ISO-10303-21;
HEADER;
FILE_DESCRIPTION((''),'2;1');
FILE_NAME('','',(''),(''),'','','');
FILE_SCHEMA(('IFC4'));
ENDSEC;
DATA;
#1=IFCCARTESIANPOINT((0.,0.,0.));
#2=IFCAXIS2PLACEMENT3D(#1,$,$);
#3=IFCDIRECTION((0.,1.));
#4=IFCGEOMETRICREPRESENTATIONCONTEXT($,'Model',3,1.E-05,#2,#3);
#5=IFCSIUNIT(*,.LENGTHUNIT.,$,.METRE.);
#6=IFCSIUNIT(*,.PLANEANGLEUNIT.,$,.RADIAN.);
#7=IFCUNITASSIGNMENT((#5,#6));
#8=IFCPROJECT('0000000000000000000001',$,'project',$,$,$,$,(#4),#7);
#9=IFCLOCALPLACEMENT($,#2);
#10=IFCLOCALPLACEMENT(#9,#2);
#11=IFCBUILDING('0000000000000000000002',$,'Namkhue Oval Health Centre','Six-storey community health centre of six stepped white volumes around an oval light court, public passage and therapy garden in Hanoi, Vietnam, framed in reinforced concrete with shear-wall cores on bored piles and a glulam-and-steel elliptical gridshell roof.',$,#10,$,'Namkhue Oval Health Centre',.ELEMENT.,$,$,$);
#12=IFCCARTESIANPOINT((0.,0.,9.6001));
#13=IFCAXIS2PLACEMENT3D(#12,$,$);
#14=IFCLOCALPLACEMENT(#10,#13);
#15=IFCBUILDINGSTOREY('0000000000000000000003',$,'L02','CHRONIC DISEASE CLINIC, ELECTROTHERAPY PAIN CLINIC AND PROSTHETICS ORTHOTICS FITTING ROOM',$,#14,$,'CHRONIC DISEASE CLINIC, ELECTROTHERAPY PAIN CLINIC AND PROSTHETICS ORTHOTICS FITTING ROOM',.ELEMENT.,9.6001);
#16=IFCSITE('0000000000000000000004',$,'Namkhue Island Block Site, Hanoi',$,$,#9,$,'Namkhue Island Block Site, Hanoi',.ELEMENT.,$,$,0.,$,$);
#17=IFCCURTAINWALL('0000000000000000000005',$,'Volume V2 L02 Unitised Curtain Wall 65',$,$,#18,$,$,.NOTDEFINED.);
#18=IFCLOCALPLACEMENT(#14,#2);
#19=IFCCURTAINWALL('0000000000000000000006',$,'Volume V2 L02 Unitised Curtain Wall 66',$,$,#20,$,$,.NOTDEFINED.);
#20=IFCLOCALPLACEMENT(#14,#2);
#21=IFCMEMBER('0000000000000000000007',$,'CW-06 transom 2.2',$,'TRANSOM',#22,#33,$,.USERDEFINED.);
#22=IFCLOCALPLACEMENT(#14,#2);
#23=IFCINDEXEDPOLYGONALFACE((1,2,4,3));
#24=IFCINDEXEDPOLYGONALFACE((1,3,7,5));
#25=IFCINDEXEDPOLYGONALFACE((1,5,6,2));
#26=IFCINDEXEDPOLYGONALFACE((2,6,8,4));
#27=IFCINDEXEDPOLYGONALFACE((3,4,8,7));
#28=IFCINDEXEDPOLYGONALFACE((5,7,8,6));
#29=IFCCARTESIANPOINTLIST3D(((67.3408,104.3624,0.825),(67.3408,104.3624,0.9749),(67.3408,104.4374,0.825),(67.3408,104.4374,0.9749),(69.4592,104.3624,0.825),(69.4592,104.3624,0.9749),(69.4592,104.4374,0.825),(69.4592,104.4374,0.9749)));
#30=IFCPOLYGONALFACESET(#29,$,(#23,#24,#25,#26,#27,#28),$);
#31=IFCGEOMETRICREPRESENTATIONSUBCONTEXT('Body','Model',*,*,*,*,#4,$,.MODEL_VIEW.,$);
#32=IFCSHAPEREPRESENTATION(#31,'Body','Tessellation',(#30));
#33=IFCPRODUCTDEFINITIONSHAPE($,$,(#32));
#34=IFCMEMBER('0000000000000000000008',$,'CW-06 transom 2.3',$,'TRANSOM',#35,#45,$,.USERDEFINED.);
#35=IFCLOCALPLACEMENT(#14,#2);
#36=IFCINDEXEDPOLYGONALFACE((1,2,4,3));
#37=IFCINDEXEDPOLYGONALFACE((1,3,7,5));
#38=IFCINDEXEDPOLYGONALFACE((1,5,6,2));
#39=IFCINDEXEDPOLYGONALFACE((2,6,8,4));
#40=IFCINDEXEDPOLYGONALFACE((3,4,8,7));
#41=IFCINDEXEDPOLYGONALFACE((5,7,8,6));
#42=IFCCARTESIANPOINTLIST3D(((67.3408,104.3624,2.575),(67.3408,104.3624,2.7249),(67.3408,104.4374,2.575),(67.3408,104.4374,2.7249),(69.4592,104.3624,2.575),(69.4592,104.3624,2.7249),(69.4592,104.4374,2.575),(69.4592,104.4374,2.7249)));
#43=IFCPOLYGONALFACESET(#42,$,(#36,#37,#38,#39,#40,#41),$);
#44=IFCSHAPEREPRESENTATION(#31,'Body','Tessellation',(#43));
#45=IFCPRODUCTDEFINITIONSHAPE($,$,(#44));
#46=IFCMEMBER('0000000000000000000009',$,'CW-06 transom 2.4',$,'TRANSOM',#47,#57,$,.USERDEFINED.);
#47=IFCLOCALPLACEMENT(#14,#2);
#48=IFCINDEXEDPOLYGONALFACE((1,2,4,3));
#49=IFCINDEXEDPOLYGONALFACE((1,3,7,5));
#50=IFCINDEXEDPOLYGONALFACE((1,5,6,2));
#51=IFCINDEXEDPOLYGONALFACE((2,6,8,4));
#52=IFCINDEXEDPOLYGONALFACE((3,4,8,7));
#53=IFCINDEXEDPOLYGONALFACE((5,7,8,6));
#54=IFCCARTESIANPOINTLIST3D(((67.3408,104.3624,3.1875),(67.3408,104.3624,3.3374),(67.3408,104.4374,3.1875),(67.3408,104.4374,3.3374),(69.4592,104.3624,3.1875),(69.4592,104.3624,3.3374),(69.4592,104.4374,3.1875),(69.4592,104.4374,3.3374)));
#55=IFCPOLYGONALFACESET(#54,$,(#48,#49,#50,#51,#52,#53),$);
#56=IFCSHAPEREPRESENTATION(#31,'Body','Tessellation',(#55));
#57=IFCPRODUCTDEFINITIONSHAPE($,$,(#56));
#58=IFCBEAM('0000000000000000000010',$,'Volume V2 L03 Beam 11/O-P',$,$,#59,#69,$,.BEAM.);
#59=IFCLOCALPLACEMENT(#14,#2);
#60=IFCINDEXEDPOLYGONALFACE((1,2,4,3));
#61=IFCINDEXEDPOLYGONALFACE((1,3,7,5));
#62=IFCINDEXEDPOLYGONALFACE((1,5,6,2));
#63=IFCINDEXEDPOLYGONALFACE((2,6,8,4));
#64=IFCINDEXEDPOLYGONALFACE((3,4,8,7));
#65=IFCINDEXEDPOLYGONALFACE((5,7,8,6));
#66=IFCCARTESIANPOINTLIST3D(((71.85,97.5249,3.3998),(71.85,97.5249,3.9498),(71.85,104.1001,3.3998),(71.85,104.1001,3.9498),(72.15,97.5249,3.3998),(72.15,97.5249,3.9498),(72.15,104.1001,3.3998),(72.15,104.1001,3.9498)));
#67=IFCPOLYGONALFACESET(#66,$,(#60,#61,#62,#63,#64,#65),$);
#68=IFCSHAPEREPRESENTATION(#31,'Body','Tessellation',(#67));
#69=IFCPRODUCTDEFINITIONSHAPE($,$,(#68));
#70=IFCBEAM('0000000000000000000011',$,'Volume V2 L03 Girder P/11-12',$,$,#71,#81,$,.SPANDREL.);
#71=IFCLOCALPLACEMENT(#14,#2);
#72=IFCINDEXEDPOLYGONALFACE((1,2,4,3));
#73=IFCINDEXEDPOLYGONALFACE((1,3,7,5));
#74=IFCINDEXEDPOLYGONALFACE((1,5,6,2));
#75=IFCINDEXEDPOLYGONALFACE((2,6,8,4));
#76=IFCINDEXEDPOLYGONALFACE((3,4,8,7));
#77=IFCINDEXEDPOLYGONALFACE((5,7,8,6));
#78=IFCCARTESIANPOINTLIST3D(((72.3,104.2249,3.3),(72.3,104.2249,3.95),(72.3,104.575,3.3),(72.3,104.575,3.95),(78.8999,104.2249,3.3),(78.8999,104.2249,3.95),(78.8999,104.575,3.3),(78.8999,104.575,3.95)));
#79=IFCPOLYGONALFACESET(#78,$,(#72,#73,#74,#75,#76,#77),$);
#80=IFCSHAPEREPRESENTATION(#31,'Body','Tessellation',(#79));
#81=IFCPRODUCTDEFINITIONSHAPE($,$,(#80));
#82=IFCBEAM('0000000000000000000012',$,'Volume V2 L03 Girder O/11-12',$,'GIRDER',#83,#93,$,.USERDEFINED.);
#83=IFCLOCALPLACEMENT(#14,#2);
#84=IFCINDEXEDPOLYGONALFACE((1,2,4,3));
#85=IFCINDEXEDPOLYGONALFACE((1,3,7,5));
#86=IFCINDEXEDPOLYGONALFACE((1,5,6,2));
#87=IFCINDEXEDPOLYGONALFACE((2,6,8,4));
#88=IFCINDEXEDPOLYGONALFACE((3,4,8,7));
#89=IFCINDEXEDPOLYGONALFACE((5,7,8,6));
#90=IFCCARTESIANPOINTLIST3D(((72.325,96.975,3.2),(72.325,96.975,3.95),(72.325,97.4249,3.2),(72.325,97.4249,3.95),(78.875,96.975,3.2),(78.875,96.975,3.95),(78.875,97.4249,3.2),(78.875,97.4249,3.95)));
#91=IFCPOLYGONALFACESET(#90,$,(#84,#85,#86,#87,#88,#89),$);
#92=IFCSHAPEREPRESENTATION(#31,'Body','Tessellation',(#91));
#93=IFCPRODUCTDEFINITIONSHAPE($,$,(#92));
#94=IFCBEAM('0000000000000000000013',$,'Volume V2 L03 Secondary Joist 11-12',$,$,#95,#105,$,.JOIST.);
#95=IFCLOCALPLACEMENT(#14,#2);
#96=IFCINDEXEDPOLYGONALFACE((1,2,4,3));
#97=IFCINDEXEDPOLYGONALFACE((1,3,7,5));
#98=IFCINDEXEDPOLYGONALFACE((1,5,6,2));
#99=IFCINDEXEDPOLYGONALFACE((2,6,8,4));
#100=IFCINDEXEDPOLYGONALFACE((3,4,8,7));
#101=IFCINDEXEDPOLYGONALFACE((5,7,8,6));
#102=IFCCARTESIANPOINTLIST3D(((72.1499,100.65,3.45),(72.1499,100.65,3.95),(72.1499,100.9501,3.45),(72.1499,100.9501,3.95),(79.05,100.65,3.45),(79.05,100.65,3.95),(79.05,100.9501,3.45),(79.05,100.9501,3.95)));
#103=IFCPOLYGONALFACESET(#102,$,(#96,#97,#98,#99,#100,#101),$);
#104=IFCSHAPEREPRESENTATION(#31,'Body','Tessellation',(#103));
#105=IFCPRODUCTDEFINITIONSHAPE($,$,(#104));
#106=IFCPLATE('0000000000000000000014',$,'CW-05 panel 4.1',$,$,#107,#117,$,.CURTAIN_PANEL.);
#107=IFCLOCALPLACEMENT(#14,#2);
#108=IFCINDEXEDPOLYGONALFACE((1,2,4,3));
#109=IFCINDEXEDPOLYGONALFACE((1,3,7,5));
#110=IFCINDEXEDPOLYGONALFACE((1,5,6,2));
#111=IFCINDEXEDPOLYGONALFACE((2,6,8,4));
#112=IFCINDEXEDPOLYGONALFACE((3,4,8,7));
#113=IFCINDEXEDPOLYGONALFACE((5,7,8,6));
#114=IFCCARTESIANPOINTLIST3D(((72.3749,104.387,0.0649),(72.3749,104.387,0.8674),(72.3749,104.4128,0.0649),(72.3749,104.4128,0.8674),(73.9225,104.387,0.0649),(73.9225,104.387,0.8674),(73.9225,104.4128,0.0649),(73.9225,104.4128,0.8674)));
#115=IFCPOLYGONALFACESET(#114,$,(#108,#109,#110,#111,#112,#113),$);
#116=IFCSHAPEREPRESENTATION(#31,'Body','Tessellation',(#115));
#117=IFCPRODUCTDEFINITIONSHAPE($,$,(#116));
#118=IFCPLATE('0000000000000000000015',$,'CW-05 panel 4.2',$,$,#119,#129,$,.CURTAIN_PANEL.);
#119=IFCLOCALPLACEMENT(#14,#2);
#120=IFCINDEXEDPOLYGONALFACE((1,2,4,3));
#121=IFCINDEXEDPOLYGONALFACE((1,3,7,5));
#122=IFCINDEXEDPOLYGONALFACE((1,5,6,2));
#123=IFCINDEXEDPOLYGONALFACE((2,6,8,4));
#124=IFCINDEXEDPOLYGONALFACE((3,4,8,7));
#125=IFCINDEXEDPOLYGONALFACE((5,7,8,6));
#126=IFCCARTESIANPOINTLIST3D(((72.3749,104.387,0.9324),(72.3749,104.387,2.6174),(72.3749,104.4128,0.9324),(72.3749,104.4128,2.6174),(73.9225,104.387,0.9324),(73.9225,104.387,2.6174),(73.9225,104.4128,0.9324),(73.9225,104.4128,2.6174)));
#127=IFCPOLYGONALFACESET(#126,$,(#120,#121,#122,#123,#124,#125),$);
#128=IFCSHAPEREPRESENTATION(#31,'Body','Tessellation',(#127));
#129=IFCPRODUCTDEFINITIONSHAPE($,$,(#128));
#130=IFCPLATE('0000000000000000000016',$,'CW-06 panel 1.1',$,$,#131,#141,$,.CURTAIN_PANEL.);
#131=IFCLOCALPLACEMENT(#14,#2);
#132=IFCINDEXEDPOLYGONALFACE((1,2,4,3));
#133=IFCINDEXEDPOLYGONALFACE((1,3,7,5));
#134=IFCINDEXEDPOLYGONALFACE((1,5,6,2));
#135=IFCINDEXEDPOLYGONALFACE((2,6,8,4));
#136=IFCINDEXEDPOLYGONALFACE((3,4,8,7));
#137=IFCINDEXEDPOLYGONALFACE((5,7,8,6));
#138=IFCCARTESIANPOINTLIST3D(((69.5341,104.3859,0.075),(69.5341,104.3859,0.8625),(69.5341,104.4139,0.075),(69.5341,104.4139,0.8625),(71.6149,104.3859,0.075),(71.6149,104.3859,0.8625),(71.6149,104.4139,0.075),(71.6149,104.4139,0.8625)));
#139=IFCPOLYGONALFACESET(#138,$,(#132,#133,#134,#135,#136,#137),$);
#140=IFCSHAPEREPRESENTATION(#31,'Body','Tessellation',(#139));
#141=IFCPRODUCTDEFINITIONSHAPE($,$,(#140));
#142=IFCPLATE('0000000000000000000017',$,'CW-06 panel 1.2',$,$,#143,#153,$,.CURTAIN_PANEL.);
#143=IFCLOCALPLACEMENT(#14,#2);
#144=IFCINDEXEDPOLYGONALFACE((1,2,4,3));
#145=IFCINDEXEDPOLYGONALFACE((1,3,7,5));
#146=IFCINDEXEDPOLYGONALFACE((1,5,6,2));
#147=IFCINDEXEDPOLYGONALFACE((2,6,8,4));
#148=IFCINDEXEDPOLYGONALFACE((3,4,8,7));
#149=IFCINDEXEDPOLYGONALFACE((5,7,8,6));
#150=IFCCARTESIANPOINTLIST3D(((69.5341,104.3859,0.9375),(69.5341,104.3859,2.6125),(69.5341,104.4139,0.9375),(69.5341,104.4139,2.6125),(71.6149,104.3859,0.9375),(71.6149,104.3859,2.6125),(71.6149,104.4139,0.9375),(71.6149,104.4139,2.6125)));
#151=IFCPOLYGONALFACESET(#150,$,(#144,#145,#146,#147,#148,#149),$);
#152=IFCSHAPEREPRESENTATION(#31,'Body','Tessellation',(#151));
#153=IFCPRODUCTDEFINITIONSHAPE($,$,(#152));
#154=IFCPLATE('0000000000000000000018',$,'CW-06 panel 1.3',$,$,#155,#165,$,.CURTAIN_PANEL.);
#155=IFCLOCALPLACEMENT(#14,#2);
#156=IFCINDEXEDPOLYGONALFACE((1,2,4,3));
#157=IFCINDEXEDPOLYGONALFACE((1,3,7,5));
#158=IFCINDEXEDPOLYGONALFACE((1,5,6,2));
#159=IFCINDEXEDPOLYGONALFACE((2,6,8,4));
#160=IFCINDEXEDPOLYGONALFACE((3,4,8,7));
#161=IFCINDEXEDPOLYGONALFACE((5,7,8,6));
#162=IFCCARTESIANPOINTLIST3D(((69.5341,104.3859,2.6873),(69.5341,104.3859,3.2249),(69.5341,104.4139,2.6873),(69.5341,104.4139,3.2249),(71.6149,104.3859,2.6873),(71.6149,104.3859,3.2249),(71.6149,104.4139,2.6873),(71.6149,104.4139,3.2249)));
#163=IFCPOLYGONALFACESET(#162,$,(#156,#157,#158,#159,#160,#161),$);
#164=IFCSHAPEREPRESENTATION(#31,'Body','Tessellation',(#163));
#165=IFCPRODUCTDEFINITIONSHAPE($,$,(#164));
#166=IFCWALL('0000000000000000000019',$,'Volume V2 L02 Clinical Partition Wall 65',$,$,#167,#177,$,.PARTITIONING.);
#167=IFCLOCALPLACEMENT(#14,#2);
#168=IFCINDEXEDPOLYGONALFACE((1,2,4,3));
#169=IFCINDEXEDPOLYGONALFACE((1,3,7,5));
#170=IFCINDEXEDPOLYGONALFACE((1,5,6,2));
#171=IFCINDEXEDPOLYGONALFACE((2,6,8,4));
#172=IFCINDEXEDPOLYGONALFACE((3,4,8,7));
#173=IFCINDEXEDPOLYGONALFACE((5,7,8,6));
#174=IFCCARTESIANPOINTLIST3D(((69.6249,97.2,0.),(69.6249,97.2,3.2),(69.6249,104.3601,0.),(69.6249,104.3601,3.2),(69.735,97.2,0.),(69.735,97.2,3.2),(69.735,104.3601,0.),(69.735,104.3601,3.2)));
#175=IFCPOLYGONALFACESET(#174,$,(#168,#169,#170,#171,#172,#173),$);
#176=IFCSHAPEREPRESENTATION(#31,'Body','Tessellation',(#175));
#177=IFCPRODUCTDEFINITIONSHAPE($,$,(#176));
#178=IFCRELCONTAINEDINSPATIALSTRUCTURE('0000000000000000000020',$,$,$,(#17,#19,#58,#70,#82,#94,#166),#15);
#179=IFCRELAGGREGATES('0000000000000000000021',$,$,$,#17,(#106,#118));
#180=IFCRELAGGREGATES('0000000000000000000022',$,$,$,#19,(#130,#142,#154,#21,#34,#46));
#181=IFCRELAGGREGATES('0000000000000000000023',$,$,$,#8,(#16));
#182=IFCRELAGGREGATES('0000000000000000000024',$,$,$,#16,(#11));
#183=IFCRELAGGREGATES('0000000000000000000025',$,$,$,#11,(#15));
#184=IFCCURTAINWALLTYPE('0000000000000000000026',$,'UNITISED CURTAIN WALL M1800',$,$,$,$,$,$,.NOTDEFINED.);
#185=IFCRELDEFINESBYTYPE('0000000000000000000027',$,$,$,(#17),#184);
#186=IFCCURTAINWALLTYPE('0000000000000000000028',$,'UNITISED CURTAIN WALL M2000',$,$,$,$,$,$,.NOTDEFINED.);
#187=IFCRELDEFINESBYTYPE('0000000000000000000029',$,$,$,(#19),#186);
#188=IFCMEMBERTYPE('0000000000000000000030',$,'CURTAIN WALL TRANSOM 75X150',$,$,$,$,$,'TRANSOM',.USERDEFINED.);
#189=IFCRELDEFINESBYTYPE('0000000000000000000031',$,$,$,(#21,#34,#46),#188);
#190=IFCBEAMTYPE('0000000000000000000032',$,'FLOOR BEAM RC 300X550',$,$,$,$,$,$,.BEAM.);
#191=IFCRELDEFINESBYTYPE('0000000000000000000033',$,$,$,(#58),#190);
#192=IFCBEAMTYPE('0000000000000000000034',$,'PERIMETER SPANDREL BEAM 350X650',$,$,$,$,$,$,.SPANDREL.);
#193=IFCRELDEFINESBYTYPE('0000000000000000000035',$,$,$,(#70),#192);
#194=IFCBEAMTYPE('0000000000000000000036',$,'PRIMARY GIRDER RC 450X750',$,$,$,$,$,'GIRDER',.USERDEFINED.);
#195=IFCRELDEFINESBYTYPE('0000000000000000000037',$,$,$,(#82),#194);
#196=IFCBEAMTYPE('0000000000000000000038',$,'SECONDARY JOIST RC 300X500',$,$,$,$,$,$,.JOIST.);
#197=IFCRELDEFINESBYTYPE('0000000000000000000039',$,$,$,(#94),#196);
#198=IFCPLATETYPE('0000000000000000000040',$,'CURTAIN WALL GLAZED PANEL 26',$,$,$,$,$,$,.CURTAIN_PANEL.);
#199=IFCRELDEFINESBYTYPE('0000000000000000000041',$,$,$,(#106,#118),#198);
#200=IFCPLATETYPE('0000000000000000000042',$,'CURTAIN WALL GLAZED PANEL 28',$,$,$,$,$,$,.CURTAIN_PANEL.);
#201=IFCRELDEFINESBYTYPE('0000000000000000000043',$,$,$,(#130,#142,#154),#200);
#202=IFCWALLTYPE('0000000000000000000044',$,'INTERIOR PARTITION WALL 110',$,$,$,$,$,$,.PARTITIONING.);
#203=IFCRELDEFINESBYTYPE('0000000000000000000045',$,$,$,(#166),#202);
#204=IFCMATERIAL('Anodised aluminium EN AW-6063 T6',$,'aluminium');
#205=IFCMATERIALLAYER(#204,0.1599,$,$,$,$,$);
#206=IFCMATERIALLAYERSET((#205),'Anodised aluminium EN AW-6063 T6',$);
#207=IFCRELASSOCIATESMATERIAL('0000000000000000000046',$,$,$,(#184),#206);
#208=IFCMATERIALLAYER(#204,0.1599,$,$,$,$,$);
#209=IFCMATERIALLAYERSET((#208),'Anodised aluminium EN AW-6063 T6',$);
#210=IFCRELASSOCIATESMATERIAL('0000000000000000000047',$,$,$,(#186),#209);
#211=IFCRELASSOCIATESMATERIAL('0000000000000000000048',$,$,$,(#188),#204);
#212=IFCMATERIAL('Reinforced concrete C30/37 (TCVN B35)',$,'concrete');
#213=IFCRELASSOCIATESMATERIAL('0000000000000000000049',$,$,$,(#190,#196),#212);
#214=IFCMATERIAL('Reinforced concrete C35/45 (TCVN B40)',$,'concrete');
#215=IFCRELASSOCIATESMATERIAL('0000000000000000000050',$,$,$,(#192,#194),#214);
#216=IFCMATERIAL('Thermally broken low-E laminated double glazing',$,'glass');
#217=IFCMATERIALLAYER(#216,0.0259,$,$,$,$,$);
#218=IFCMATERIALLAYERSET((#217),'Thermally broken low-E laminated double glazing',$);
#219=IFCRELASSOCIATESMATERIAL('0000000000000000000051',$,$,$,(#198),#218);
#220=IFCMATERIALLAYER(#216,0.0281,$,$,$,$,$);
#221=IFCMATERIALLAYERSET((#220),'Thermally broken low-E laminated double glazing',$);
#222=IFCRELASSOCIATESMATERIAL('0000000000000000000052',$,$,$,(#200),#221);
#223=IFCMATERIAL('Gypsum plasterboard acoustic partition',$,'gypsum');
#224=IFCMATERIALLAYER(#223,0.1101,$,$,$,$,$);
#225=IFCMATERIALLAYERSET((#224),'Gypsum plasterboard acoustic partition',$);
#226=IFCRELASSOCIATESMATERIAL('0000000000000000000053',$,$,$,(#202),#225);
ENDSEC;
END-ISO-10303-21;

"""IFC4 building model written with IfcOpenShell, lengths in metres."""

from ifc_helpers import new_model, si_unit, direction, frame, frame_2d, origin, origin_2d, place, context, subcontext, project, spatial, rectangle, extrude, material, layer, layer_set, material_profile, profile_set, type_object, element, aggregate, save


model = new_model("IFC4")

# Units and contexts
model_context = context("Model", 3, precision=1e-05, world=origin(), true_north=direction((0.0, 1.0)))
body_context = subcontext(model_context, "Body", "Model", "MODEL_VIEW")
ifc_project = project(units=[si_unit("LENGTHUNIT", "METRE"), si_unit("PLANEANGLEUNIT", "RADIAN")], contexts=[model_context])

# Site, building, storey
site_placement = place(None, origin())
site = spatial("IfcSite", under=ifc_project, at=site_placement, Name="Namkhue Island Block Site, Hanoi", LongName="Namkhue Island Block Site, Hanoi", CompositionType="ELEMENT", RefElevation=0.0)
building_placement = place(site_placement, origin())
building = spatial("IfcBuilding", under=site, at=building_placement, Name="Namkhue Oval Health Centre", Description="Six-storey community health centre of six stepped white volumes around an oval light court, public passage and therapy garden in Hanoi, Vietnam, framed in reinforced concrete with shear-wall cores on bored piles and a glulam-and-steel elliptical gridshell roof.", LongName="Namkhue Oval Health Centre", CompositionType="ELEMENT")
storey_placement = place(building_placement, frame((0.0, 0.0, 9.6001)))
storey = spatial("IfcBuildingStorey", under=building, at=storey_placement, Name="L02", Description="CHRONIC DISEASE CLINIC, ELECTROTHERAPY PAIN CLINIC AND PROSTHETICS ORTHOTICS FITTING ROOM", LongName="CHRONIC DISEASE CLINIC, ELECTROTHERAPY PAIN CLINIC AND PROSTHETICS ORTHOTICS FITTING ROOM", CompositionType="ELEMENT", Elevation=9.6001)

# Shared definitions
ifc_material_1 = material(Name="Reinforced concrete C35/45 (TCVN B40)", Category="concrete")

# Curtain wall
ifc_material_2 = material(Name="Anodised aluminium EN AW-6063 T6", Category="aluminium")
ifc_layer_1 = layer(ifc_material_2, 0.1599)
ifc_layer_set_1 = layer_set([ifc_layer_1], Name="Anodised aluminium EN AW-6063 T6")
curtain_wall_type_1 = type_object("IfcCurtainWallType", Name="UNITISED CURTAIN WALL M1800", PredefinedType="NOTDEFINED", material=ifc_layer_set_1)
curtain_wall_1_placement = place(storey_placement, origin())
curtain_wall_1 = element("IfcCurtainWall", 1, at=curtain_wall_1_placement, inside=storey, type_object=curtain_wall_type_1, Name="Volume V2 L02 Unitised Curtain Wall 65", PredefinedType="NOTDEFINED")

# Curtain wall, members
ifc_layer_2 = layer(ifc_material_2, 0.1599)
ifc_layer_set_2 = layer_set([ifc_layer_2], Name="Anodised aluminium EN AW-6063 T6")
curtain_wall_type_2 = type_object("IfcCurtainWallType", Name="UNITISED CURTAIN WALL M2000", PredefinedType="NOTDEFINED", material=ifc_layer_set_2)
curtain_wall_2_placement = place(storey_placement, origin())
curtain_wall_2 = element("IfcCurtainWall", 2, at=curtain_wall_2_placement, inside=storey, type_object=curtain_wall_type_2, Name="Volume V2 L02 Unitised Curtain Wall 66", PredefinedType="NOTDEFINED")
ifc_material_profile_1 = material_profile(ifc_material_2, rectangle(XDim=0.075, YDim=0.1499, at=origin_2d()), Name="ALU 75x150")
ifc_profile_set_1 = profile_set([ifc_material_profile_1], Name="Anodised aluminium EN AW-6063 T6")
member_type_1 = type_object("IfcMemberType", Name="CURTAIN WALL TRANSOM 75X150", ElementType="TRANSOM", PredefinedType="USERDEFINED", material=ifc_profile_set_1)
member_1_placement = place(storey_placement, frame((69.4592, 104.3999, 0.8999), z_axis=(-1.0, 0.0, 0.0), x_axis=(0.0, -1.0, 0.0)))
member_1 = element("IfcMember", 3, at=member_1_placement, type_object=member_type_1, Name="CW-06 transom 2.2", ObjectType="TRANSOM", PredefinedType="USERDEFINED", context=body_context, shape_type="SweptSolid", body=[
    extrude(rectangle(XDim=0.075, YDim=0.1499, at=origin_2d()), origin(), (0.0, 0.0, 1.0), 2.1184),
])
member_2_placement = place(storey_placement, frame((69.4592, 104.3999, 2.6499), z_axis=(-1.0, 0.0, 0.0), x_axis=(0.0, -1.0, 0.0)))
member_2 = element("IfcMember", 4, at=member_2_placement, type_object=member_type_1, Name="CW-06 transom 2.3", ObjectType="TRANSOM", PredefinedType="USERDEFINED", context=body_context, shape_type="SweptSolid", body=[
    extrude(rectangle(XDim=0.075, YDim=0.1499, at=origin_2d()), origin(), (0.0, 0.0, 1.0), 2.1184),
])
member_3_placement = place(storey_placement, frame((69.4592, 104.3999, 3.2625), z_axis=(-1.0, 0.0, 0.0), x_axis=(0.0, -1.0, 0.0)))
member_3 = element("IfcMember", 5, at=member_3_placement, type_object=member_type_1, Name="CW-06 transom 2.4", ObjectType="TRANSOM", PredefinedType="USERDEFINED", context=body_context, shape_type="SweptSolid", body=[
    extrude(rectangle(XDim=0.075, YDim=0.1499, at=origin_2d()), origin(), (0.0, 0.0, 1.0), 2.1184),
])

# Beams
ifc_material_3 = material(Name="Reinforced concrete C30/37 (TCVN B35)", Category="concrete")
ifc_material_profile_2 = material_profile(ifc_material_3, rectangle(XDim=0.3, YDim=0.55, at=origin_2d()), Name="RC 300x550")
ifc_profile_set_2 = profile_set([ifc_material_profile_2], Name="Reinforced concrete C30/37 (TCVN B35)")
beam_type_1 = type_object("IfcBeamType", Name="FLOOR BEAM RC 300X550", PredefinedType="BEAM", material=ifc_profile_set_2)
beam_1_placement = place(storey_placement, frame((72.0, 97.5249, 3.6748), z_axis=(0.0, 1.0, 0.0), x_axis=(-1.0, 0.0, 0.0)))
element("IfcBeam", 6, at=beam_1_placement, inside=storey, type_object=beam_type_1, Name="Volume V2 L03 Beam 11/O-P", PredefinedType="BEAM", context=body_context, shape_type="SweptSolid", body=[
    extrude(rectangle(XDim=0.3, YDim=0.55, at=origin_2d()), origin(), (0.0, 0.0, 1.0), 6.5752),
])
ifc_material_profile_3 = material_profile(ifc_material_1, rectangle(XDim=0.3501, YDim=0.6499, at=origin_2d()), Name="RC 350x650")
ifc_profile_set_3 = profile_set([ifc_material_profile_3], Name="Reinforced concrete C35/45 (TCVN B40)")
beam_type_2 = type_object("IfcBeamType", Name="PERIMETER SPANDREL BEAM 350X650", PredefinedType="SPANDREL", material=ifc_profile_set_3)
beam_2_placement = place(storey_placement, frame((72.3, 104.3999, 3.625), z_axis=(1.0, 0.0, 0.0), x_axis=(0.0, 1.0, 0.0)))
element("IfcBeam", 7, at=beam_2_placement, inside=storey, type_object=beam_type_2, Name="Volume V2 L03 Girder P/11-12", PredefinedType="SPANDREL", context=body_context, shape_type="SweptSolid", body=[
    extrude(rectangle(XDim=0.3501, YDim=0.6499, at=origin_2d()), origin(), (0.0, 0.0, 1.0), 6.5999),
])
ifc_material_profile_4 = material_profile(ifc_material_1, rectangle(XDim=0.45, YDim=0.75, at=origin_2d()), Name="RC 450x750")
ifc_profile_set_4 = profile_set([ifc_material_profile_4], Name="Reinforced concrete C35/45 (TCVN B40)")
beam_type_3 = type_object("IfcBeamType", Name="PRIMARY GIRDER RC 450X750", ElementType="GIRDER", PredefinedType="USERDEFINED", material=ifc_profile_set_4)
beam_3_placement = place(storey_placement, frame((72.325, 97.2, 3.575), z_axis=(1.0, 0.0, 0.0), x_axis=(0.0, 1.0, 0.0)))
element("IfcBeam", 8, at=beam_3_placement, inside=storey, type_object=beam_type_3, Name="Volume V2 L03 Girder O/11-12", ObjectType="GIRDER", PredefinedType="USERDEFINED", context=body_context, shape_type="SweptSolid", body=[
    extrude(rectangle(XDim=0.45, YDim=0.75, at=origin_2d()), origin(), (0.0, 0.0, 1.0), 6.55),
])
ifc_material_profile_5 = material_profile(ifc_material_3, rectangle(XDim=0.3, YDim=0.5, at=origin_2d()), Name="RC 300x500")
ifc_profile_set_5 = profile_set([ifc_material_profile_5], Name="Reinforced concrete C30/37 (TCVN B35)")
beam_type_4 = type_object("IfcBeamType", Name="SECONDARY JOIST RC 300X500", PredefinedType="JOIST", material=ifc_profile_set_5)
beam_4_placement = place(storey_placement, frame((72.1499, 100.8, 3.7), z_axis=(1.0, 0.0, 0.0), x_axis=(0.0, 1.0, 0.0)))
element("IfcBeam", 9, at=beam_4_placement, inside=storey, type_object=beam_type_4, Name="Volume V2 L03 Secondary Joist 11-12", PredefinedType="JOIST", context=body_context, shape_type="SweptSolid", body=[
    extrude(rectangle(XDim=0.3, YDim=0.5, at=origin_2d()), origin(), (0.0, 0.0, 1.0), 6.9001),
])

# Plates
ifc_material_4 = material(Name="Thermally broken low-E laminated double glazing", Category="glass")
ifc_layer_3 = layer(ifc_material_4, 0.0259)
ifc_layer_set_3 = layer_set([ifc_layer_3], Name="Thermally broken low-E laminated double glazing")
plate_type_1 = type_object("IfcPlateType", Name="CURTAIN WALL GLAZED PANEL 26", PredefinedType="CURTAIN_PANEL", material=ifc_layer_set_3)
plate_1_placement = place(storey_placement, frame((73.1487, 104.3999, 0.0649), z_axis=(0.0, 0.0, 1.0), x_axis=(-1.0, 0.0, 0.0)))
plate_1 = element("IfcPlate", 10, at=plate_1_placement, type_object=plate_type_1, Name="CW-05 panel 4.1", PredefinedType="CURTAIN_PANEL", context=body_context, shape_type="SweptSolid", body=[
    extrude(rectangle(XDim=1.5476, YDim=0.0259, at=origin_2d()), origin(), (0.0, 0.0, 1.0), 0.8025),
])
plate_2_placement = place(storey_placement, frame((73.1487, 104.3999, 0.9324), z_axis=(0.0, 0.0, 1.0), x_axis=(-1.0, 0.0, 0.0)))
plate_2 = element("IfcPlate", 11, at=plate_2_placement, type_object=plate_type_1, Name="CW-05 panel 4.2", PredefinedType="CURTAIN_PANEL", context=body_context, shape_type="SweptSolid", body=[
    extrude(rectangle(XDim=1.5476, YDim=0.0259, at=origin_2d()), origin(), (0.0, 0.0, 1.0), 1.6851),
])
aggregate(curtain_wall_1, [plate_1, plate_2])
ifc_layer_4 = layer(ifc_material_4, 0.0281)
ifc_layer_set_4 = layer_set([ifc_layer_4], Name="Thermally broken low-E laminated double glazing")
plate_type_2 = type_object("IfcPlateType", Name="CURTAIN WALL GLAZED PANEL 28", PredefinedType="CURTAIN_PANEL", material=ifc_layer_set_4)
plate_3_placement = place(storey_placement, frame((70.5745, 104.3999, 0.075), z_axis=(0.0, 0.0, 1.0), x_axis=(-1.0, 0.0, 0.0)))
plate_3 = element("IfcPlate", 12, at=plate_3_placement, type_object=plate_type_2, Name="CW-06 panel 1.1", PredefinedType="CURTAIN_PANEL", context=body_context, shape_type="SweptSolid", body=[
    extrude(rectangle(XDim=2.0808, YDim=0.0281, at=origin_2d()), origin(), (0.0, 0.0, 1.0), 0.7876),
])
plate_4_placement = place(storey_placement, frame((70.5745, 104.3999, 0.9375), z_axis=(0.0, 0.0, 1.0), x_axis=(-1.0, 0.0, 0.0)))
plate_4 = element("IfcPlate", 13, at=plate_4_placement, type_object=plate_type_2, Name="CW-06 panel 1.2", PredefinedType="CURTAIN_PANEL", context=body_context, shape_type="SweptSolid", body=[
    extrude(rectangle(XDim=2.0808, YDim=0.0281, at=origin_2d()), origin(), (0.0, 0.0, 1.0), 1.675),
])
plate_5_placement = place(storey_placement, frame((70.5745, 104.3999, 2.6873), z_axis=(0.0, 0.0, 1.0), x_axis=(-1.0, 0.0, 0.0)))
plate_5 = element("IfcPlate", 14, at=plate_5_placement, type_object=plate_type_2, Name="CW-06 panel 1.3", PredefinedType="CURTAIN_PANEL", context=body_context, shape_type="SweptSolid", body=[
    extrude(rectangle(XDim=2.0808, YDim=0.0281, at=origin_2d()), origin(), (0.0, 0.0, 1.0), 0.5376),
])
aggregate(curtain_wall_2, [plate_3, plate_4, plate_5, member_1, member_2, member_3])

# Wall
ifc_material_5 = material(Name="Gypsum plasterboard acoustic partition", Category="gypsum")
ifc_layer_5 = layer(ifc_material_5, 0.1101)
ifc_layer_set_5 = layer_set([ifc_layer_5], Name="Gypsum plasterboard acoustic partition")
wall_type_1 = type_object("IfcWallType", Name="INTERIOR PARTITION WALL 110", PredefinedType="PARTITIONING", material=ifc_layer_set_5)
wall_1_placement = place(storey_placement, frame((69.6799, 97.2, 0.0), z_axis=(0.0, 0.0, 1.0), x_axis=(0.0, 1.0, 0.0)))
element("IfcWall", 15, at=wall_1_placement, inside=storey, type_object=wall_type_1, Name="Volume V2 L02 Clinical Partition Wall 65", PredefinedType="PARTITIONING", context=body_context, shape_type="SweptSolid", body=[
    extrude(rectangle(XDim=7.1602, YDim=0.1101, at=frame_2d((3.5801, 0.0))), origin(), (0.0, 0.0, 1.0), 3.2),
])

save(model, "model.ifc")
